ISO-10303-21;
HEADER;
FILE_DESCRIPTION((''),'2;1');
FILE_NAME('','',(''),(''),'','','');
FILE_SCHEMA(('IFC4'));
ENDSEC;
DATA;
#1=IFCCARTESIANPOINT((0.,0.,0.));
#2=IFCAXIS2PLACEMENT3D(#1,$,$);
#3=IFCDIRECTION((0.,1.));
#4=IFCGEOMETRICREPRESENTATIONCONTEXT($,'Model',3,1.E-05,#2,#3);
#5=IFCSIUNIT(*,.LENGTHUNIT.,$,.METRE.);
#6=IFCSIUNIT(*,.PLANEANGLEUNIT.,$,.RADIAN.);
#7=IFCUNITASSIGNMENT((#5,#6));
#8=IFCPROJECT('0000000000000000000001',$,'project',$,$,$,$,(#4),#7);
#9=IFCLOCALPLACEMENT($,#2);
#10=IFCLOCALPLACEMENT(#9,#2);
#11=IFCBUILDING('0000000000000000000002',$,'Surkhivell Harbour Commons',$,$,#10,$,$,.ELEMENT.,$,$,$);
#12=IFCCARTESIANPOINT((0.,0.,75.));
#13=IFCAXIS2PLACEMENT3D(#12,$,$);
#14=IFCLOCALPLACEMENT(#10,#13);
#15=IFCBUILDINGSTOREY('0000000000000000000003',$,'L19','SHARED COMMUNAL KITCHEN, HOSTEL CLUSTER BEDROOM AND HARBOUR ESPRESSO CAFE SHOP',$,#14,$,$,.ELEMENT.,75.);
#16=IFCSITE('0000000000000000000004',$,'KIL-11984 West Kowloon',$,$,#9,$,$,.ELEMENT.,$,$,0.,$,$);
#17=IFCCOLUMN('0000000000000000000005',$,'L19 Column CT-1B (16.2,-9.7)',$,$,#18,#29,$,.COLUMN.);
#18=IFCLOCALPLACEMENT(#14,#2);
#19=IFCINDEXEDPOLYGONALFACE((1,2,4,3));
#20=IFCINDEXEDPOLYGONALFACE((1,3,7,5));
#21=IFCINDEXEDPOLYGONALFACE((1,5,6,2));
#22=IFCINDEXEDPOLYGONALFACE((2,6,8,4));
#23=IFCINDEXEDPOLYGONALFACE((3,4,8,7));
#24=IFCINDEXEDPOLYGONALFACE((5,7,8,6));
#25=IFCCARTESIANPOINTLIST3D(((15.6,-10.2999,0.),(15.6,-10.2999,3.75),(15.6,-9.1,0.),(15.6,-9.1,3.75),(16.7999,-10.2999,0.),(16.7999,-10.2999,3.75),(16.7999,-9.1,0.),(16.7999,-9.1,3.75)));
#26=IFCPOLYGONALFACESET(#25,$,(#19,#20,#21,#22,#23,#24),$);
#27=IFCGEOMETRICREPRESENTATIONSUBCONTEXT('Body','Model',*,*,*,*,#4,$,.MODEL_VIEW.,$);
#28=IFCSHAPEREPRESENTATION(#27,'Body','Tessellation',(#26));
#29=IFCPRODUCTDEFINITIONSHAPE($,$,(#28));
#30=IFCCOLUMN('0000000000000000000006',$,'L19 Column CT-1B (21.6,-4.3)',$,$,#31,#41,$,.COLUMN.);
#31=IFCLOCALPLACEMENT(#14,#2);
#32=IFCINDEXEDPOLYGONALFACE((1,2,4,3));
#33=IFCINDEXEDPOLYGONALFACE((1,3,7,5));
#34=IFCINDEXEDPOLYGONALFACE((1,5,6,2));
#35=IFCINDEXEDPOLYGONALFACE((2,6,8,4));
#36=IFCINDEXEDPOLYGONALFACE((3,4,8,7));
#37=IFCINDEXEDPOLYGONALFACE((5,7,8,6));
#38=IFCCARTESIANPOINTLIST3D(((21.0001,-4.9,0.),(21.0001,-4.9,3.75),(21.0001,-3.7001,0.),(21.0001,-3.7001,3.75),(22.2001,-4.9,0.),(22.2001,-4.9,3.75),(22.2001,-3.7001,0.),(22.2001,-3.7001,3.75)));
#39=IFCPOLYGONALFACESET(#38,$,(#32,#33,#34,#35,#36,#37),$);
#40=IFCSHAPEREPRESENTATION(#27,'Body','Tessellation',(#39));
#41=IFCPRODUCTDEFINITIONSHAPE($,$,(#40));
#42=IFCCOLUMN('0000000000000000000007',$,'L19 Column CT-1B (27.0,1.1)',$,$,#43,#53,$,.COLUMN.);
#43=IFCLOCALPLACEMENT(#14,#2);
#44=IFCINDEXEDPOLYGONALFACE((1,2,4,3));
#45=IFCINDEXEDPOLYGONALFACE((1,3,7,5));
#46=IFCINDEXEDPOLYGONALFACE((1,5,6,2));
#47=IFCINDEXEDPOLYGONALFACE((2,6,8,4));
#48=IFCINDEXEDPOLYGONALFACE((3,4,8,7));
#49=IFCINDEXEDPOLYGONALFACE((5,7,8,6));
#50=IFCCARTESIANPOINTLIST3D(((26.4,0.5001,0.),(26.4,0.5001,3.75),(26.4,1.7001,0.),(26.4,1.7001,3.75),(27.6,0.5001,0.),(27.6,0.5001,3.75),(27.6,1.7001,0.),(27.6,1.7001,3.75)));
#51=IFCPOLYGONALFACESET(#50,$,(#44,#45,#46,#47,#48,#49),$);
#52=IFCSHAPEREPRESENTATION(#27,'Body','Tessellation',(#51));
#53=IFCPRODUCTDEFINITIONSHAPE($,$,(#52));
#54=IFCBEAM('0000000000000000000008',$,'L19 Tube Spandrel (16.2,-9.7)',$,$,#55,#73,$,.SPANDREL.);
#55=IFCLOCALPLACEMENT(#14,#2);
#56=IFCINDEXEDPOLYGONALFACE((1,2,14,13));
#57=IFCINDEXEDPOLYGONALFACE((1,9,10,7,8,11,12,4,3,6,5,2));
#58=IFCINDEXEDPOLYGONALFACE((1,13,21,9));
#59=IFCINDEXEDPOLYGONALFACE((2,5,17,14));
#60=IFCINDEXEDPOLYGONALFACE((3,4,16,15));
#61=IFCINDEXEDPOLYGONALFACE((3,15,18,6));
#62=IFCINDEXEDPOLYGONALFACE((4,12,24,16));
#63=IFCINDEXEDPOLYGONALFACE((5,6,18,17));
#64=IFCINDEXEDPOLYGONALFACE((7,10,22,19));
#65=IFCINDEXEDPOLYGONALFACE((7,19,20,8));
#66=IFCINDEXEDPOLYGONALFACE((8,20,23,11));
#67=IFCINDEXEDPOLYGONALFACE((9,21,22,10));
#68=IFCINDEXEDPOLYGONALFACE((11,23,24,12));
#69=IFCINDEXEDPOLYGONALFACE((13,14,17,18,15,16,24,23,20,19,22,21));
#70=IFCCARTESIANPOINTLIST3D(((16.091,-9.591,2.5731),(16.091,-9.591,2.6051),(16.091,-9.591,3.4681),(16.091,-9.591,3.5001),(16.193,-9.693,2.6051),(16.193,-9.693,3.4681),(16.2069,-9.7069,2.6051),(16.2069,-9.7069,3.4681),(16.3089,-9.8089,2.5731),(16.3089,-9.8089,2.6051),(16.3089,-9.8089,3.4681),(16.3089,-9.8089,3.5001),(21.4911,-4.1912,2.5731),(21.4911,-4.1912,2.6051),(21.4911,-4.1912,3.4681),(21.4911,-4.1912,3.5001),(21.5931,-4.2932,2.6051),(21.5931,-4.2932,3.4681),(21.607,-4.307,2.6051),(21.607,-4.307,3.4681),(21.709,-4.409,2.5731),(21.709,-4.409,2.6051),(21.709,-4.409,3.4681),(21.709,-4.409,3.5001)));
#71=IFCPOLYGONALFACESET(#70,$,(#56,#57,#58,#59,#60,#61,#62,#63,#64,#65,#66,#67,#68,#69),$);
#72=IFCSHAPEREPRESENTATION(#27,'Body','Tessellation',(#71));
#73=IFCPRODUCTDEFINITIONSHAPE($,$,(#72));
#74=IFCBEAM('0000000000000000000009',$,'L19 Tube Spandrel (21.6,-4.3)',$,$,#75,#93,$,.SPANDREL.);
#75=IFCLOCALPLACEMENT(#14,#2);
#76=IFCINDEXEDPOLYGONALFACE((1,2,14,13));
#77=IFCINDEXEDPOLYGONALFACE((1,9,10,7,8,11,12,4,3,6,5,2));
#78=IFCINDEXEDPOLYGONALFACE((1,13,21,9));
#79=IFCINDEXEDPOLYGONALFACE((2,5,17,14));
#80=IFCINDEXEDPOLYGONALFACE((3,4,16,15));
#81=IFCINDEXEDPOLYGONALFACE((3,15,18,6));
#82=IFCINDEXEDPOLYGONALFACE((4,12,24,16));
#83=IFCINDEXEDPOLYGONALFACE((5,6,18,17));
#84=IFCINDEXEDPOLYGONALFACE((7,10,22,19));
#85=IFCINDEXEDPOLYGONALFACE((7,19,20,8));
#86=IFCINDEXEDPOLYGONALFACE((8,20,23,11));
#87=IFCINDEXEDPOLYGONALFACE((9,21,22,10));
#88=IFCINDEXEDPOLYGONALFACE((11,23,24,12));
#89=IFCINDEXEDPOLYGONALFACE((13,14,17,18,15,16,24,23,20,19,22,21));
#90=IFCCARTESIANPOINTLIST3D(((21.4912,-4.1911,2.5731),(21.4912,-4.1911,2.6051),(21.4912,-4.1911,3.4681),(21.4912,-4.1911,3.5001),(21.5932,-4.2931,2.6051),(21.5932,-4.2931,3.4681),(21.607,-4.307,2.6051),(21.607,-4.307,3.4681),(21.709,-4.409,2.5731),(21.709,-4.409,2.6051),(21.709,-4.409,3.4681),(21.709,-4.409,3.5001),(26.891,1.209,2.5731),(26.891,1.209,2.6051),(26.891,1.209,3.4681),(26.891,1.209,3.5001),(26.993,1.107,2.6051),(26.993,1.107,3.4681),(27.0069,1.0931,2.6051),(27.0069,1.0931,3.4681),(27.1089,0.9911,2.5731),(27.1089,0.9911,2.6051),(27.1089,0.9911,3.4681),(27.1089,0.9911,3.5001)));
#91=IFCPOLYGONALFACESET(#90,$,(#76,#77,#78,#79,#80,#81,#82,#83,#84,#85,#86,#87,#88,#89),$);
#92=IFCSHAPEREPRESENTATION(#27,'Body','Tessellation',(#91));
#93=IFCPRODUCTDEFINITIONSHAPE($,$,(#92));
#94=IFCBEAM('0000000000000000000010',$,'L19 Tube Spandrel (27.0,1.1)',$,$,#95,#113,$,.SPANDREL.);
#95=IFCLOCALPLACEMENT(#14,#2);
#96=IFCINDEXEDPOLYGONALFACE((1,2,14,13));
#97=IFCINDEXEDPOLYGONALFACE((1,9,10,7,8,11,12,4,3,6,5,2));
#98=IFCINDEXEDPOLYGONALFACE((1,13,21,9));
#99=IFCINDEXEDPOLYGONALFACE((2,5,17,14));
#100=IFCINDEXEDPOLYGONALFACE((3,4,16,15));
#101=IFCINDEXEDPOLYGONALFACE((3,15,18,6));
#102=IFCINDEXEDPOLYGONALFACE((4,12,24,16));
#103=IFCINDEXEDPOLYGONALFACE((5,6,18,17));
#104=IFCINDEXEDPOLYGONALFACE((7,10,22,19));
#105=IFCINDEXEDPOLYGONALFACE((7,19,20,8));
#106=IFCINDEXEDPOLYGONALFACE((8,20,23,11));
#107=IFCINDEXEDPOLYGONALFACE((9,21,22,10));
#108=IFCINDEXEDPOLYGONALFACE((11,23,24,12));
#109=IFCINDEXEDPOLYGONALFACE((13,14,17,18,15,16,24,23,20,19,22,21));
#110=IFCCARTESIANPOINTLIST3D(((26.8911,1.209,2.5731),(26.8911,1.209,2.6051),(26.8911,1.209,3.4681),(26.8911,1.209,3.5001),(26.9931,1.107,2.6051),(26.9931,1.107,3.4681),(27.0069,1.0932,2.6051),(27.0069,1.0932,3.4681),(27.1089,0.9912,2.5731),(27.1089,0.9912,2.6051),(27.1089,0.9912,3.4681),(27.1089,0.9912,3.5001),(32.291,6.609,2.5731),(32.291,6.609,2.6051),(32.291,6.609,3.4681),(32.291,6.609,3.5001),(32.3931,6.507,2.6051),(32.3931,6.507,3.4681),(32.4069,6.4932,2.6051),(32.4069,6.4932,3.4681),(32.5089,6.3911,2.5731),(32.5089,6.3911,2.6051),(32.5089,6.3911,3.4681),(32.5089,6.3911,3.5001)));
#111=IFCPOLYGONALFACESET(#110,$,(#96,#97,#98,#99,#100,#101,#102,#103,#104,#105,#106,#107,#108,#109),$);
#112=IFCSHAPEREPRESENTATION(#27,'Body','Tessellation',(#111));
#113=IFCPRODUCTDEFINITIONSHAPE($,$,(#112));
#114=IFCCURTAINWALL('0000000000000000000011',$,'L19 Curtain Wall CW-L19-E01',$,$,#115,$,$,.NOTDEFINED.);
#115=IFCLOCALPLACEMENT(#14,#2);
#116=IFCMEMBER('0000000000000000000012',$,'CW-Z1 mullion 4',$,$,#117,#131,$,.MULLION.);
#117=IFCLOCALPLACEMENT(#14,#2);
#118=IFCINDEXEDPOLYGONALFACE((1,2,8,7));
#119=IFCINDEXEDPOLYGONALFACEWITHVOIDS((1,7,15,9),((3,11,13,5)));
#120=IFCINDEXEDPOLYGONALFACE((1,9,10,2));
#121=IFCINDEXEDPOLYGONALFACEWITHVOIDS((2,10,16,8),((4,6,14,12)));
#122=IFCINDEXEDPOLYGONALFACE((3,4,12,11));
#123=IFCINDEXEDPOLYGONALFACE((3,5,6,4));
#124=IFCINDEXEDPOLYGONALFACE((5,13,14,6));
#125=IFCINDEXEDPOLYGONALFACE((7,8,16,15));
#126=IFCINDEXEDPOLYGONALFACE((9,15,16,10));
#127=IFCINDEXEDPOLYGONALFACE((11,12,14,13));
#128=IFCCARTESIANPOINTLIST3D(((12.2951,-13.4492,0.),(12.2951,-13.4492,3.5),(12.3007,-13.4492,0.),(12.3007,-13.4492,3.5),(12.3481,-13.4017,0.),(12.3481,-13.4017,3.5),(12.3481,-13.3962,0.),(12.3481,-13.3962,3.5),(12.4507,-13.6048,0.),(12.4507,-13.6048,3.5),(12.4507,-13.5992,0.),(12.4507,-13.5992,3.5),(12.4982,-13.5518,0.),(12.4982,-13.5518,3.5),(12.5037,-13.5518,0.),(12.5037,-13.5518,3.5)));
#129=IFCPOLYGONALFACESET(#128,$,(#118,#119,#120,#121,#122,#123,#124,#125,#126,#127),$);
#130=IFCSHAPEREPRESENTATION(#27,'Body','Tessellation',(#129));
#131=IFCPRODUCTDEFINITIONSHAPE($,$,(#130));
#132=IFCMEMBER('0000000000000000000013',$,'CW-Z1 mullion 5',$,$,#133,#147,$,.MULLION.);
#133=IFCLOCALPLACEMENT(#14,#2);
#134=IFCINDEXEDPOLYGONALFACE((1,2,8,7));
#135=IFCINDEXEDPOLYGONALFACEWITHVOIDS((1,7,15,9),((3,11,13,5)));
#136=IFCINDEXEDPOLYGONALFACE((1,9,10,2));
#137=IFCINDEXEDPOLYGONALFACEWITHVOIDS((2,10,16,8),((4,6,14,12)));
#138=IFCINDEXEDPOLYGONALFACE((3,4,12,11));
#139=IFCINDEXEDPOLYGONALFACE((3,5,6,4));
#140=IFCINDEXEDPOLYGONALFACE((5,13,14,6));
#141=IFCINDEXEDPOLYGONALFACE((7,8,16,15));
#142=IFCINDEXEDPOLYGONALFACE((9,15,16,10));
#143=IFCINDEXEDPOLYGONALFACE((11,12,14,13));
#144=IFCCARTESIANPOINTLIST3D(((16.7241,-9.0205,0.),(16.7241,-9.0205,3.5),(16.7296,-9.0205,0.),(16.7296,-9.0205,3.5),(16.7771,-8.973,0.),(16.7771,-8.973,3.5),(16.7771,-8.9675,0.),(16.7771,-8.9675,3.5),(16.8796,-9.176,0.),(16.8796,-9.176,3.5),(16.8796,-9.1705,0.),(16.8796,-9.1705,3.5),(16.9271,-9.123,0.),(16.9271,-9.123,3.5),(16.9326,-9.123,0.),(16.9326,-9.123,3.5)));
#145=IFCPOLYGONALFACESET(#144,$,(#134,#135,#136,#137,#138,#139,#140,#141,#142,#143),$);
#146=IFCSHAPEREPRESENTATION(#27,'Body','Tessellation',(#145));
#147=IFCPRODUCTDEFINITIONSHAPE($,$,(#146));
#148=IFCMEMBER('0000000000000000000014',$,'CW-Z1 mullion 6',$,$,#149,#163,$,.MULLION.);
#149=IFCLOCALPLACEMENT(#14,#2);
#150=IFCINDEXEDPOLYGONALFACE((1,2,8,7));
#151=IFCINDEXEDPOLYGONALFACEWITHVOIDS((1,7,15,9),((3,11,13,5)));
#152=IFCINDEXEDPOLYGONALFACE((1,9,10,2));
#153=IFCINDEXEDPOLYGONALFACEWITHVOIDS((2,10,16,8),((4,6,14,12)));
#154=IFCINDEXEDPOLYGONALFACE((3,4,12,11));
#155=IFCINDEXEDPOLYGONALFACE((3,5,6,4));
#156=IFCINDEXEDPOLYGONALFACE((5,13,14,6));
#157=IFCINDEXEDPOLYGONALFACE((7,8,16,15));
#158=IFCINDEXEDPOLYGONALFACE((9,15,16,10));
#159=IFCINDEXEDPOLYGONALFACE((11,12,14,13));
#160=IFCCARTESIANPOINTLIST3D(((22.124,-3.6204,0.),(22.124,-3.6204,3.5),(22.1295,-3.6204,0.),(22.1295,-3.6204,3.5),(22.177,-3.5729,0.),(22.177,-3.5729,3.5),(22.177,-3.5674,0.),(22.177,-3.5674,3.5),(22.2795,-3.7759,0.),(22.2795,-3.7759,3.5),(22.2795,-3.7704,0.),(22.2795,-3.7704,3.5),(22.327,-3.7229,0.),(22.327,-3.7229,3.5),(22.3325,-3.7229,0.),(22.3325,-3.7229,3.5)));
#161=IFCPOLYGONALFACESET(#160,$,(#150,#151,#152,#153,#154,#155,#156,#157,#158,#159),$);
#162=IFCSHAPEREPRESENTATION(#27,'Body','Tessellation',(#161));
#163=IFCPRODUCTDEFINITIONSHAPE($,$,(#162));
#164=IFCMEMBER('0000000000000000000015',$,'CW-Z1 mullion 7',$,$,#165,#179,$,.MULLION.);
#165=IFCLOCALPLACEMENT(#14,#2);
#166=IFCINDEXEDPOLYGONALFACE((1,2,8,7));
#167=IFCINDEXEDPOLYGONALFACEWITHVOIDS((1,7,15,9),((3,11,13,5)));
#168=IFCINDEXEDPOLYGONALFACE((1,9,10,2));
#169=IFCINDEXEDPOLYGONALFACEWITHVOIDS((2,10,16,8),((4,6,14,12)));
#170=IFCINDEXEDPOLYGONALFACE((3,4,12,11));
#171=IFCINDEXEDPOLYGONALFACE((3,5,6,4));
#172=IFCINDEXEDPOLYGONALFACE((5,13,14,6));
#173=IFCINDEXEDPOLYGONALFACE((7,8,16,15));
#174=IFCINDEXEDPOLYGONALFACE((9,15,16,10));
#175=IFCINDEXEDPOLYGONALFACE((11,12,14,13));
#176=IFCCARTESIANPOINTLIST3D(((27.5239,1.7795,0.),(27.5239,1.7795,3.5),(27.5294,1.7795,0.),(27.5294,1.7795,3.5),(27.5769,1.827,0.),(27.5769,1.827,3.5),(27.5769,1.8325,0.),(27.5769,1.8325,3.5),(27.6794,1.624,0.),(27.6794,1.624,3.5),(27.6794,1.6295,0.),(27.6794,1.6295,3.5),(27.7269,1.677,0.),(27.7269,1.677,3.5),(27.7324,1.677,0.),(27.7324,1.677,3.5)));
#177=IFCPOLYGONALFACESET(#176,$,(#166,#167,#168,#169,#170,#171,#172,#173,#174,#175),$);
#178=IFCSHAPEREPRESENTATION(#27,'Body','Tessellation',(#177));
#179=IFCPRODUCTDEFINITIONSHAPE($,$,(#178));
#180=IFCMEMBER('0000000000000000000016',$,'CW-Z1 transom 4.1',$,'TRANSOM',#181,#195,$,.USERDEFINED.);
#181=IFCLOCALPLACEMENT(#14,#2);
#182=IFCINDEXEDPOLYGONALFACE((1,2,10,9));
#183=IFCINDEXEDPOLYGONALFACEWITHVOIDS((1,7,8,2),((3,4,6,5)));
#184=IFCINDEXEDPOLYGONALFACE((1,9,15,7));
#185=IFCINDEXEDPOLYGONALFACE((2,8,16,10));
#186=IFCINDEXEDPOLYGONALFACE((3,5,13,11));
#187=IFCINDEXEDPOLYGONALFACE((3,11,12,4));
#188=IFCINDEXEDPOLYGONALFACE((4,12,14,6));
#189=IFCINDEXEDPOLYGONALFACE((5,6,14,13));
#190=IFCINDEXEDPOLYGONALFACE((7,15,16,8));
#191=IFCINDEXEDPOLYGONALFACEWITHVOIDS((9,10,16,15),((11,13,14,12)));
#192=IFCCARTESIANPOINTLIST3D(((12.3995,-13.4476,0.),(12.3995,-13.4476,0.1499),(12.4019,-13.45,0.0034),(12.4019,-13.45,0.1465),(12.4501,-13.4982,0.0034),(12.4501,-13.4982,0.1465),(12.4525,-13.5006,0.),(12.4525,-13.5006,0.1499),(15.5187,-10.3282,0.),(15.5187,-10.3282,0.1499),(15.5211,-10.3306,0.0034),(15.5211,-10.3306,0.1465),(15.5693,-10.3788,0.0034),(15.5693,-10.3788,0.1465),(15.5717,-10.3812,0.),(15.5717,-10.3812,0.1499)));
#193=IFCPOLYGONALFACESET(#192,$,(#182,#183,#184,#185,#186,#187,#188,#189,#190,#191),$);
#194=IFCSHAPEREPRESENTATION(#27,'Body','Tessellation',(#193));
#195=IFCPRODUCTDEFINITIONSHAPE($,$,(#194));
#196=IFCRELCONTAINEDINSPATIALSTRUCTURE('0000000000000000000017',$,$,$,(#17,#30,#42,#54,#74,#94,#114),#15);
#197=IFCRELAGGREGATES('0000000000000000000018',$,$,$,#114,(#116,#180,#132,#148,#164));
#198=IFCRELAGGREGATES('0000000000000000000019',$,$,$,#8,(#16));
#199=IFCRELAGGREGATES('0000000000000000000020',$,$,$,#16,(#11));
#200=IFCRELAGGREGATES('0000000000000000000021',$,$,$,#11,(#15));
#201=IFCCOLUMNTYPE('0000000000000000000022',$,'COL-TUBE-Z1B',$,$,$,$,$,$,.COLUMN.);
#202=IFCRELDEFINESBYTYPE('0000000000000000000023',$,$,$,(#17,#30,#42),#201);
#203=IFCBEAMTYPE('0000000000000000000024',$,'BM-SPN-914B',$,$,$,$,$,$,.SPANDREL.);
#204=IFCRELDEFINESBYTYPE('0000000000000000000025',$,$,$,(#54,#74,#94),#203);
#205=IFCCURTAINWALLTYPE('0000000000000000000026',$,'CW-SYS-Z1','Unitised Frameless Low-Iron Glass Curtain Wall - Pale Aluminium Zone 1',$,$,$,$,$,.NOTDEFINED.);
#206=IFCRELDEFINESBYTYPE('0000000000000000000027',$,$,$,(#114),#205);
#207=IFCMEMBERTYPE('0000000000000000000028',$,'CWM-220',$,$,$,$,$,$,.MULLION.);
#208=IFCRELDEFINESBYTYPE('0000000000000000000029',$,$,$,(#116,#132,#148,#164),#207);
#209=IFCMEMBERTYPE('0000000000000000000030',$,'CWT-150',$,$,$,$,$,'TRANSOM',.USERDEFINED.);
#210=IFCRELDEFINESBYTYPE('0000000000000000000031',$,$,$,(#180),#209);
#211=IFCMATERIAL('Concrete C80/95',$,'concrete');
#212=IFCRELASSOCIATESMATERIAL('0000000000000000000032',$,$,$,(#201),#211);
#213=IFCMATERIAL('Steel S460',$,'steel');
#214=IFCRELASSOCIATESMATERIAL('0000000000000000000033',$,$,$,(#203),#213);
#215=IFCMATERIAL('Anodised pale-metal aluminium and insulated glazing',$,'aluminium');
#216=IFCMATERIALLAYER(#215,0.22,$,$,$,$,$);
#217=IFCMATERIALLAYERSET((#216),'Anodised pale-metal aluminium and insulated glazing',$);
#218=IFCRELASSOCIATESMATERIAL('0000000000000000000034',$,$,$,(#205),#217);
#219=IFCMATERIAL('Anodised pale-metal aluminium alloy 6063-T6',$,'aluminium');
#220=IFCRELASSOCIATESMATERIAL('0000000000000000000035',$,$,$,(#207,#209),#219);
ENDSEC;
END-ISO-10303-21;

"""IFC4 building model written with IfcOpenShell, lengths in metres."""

from ifc_helpers import new_model, si_unit, direction, frame, origin, origin_2d, place, context, subcontext, project, spatial, rectangle, hollow_rectangle, i_section, extrude, material, layer, layer_set, material_profile, profile_set, type_object, element, aggregate, save


model = new_model("IFC4")

# Units and contexts
model_context = context("Model", 3, precision=1e-05, world=origin(), true_north=direction((0.0, 1.0)))
body_context = subcontext(model_context, "Body", "Model", "MODEL_VIEW")
ifc_project = project(units=[si_unit("LENGTHUNIT", "METRE"), si_unit("PLANEANGLEUNIT", "RADIAN")], contexts=[model_context])

# Site, building, storey
site_placement = place(None, origin())
site = spatial("IfcSite", under=ifc_project, at=site_placement, Name="KIL-11984 West Kowloon", CompositionType="ELEMENT", RefElevation=0.0)
building_placement = place(site_placement, origin())
building = spatial("IfcBuilding", under=site, at=building_placement, Name="Surkhivell Harbour Commons", CompositionType="ELEMENT")
storey_placement = place(building_placement, frame((0.0, 0.0, 75.0)))
storey = spatial("IfcBuildingStorey", under=building, at=storey_placement, Name="L19", Description="SHARED COMMUNAL KITCHEN, HOSTEL CLUSTER BEDROOM AND HARBOUR ESPRESSO CAFE SHOP", CompositionType="ELEMENT", Elevation=75.0)

# Columns
ifc_material_1 = material(Name="Concrete C80/95", Category="concrete")
ifc_material_profile_1 = material_profile(ifc_material_1, rectangle(XDim=1.2, YDim=1.2, at=origin_2d()), Name="RC-COL-1200x1200")
ifc_profile_set_1 = profile_set([ifc_material_profile_1], Name="Concrete C80/95")
column_type = type_object("IfcColumnType", Name="COL-TUBE-Z1B", PredefinedType="COLUMN", material=ifc_profile_set_1)
for number, where, z_axis, x_axis, name in (
    (1, (16.2, -9.7, 0.0), (0.0, 0.0, 1.0), (1.0, 0.0, 0.0), "L19 Column CT-1B (16.2,-9.7)"),
    (2, (21.6001, -4.3, 0.0), (0.0, 0.0, 1.0), (1.0, 0.0, 0.0), "L19 Column CT-1B (21.6,-4.3)"),
    (3, (27.0, 1.1001, 0.0), (0.0, 0.0, 1.0), (1.0, 0.0, 0.0), "L19 Column CT-1B (27.0,1.1)"),
):
    element("IfcColumn", number, at=place(storey_placement, frame(where, z_axis=z_axis, x_axis=x_axis)), inside=storey, type_object=column_type, Name=name, PredefinedType="COLUMN", context=body_context, shape_type="SweptSolid", body=[
        extrude(rectangle(XDim=1.2, YDim=1.2, at=origin_2d()), origin(), (0.0, 0.0, 1.0), 3.75),
    ])

# Beams
ifc_material_2 = material(Name="Steel S460", Category="steel")
ifc_material_profile_2 = material_profile(ifc_material_2, i_section(OverallWidth=0.3081, OverallDepth=0.927, WebThickness=0.0195, FlangeThickness=0.032, at=origin_2d()), Name="UB914x305x289")
ifc_profile_set_2 = profile_set([ifc_material_profile_2], Name="Steel S460")
beam_type = type_object("IfcBeamType", Name="BM-SPN-914B", PredefinedType="SPANDREL", material=ifc_profile_set_2)
for number, where, z_axis, x_axis, name in (
    (4, (16.2, -9.7, 3.0366), (0.707123, 0.707091, 0.0), (-0.707091, 0.707123, 0.0), "L19 Tube Spandrel (16.2,-9.7)"),
    (5, (21.6001, -4.3, 3.0366), (0.707091, 0.707123, 0.0), (-0.707123, 0.707091, 0.0), "L19 Tube Spandrel (21.6,-4.3)"),
    (6, (27.0, 1.1001, 3.0366), (0.707107, 0.707107, 0.0), (-0.707107, 0.707107, 0.0), "L19 Tube Spandrel (27.0,1.1)"),
):
    element("IfcBeam", number, at=place(storey_placement, frame(where, z_axis=z_axis, x_axis=x_axis)), inside=storey, type_object=beam_type, Name=name, PredefinedType="SPANDREL", context=body_context, shape_type="SweptSolid", body=[
        extrude(i_section(OverallWidth=0.3081, OverallDepth=0.927, WebThickness=0.0195, FlangeThickness=0.032, at=origin_2d()), origin(), (0.0, 0.0, 1.0), 7.6367),
    ])

# Curtain wall, members
ifc_material_3 = material(Name="Anodised pale-metal aluminium and insulated glazing", Category="aluminium")
ifc_layer_1 = layer(ifc_material_3, 0.22)
ifc_layer_set_1 = layer_set([ifc_layer_1], Name="Anodised pale-metal aluminium and insulated glazing")
curtain_wall_type = type_object("IfcCurtainWallType", Name="CW-SYS-Z1", Description="Unitised Frameless Low-Iron Glass Curtain Wall - Pale Aluminium Zone 1", PredefinedType="NOTDEFINED", material=ifc_layer_set_1)
curtain_wall_placement = place(storey_placement, origin())
curtain_wall = element("IfcCurtainWall", 7, at=curtain_wall_placement, inside=storey, type_object=curtain_wall_type, Name="L19 Curtain Wall CW-L19-E01", PredefinedType="NOTDEFINED")
ifc_material_4 = material(Name="Anodised pale-metal aluminium alloy 6063-T6", Category="aluminium")
ifc_material_profile_3 = material_profile(ifc_material_4, hollow_rectangle(XDim=0.075, YDim=0.22, WallThickness=0.0039, at=origin_2d()), Name="ALU-MULL-75x220")
ifc_profile_set_3 = profile_set([ifc_material_profile_3], Name="Anodised pale-metal aluminium alloy 6063-T6")
member_type_1 = type_object("IfcMemberType", Name="CWM-220", PredefinedType="MULLION", material=ifc_profile_set_3)
member_1_placement = place(storey_placement, frame((12.3994, -13.5005, 0.0), z_axis=(0.0, 0.0, 1.0), x_axis=(0.707107, 0.707107, 0.0)))
member_1 = element("IfcMember", 8, at=member_1_placement, type_object=member_type_1, Name="CW-Z1 mullion 4", PredefinedType="MULLION", context=body_context, shape_type="SweptSolid", body=[
    extrude(hollow_rectangle(XDim=0.075, YDim=0.22, WallThickness=0.0039, at=origin_2d()), origin(), (0.0, 0.0, 1.0), 3.5),
])
member_2_placement = place(storey_placement, frame((16.8284, -9.0718, 0.0), z_axis=(0.0, 0.0, 1.0), x_axis=(0.707107, 0.707107, 0.0)))
member_2 = element("IfcMember", 9, at=member_2_placement, type_object=member_type_1, Name="CW-Z1 mullion 5", PredefinedType="MULLION", context=body_context, shape_type="SweptSolid", body=[
    extrude(hollow_rectangle(XDim=0.075, YDim=0.22, WallThickness=0.0039, at=origin_2d()), origin(), (0.0, 0.0, 1.0), 3.5),
])
member_3_placement = place(storey_placement, frame((22.2283, -3.6716, 0.0), z_axis=(0.0, 0.0, 1.0), x_axis=(0.707107, 0.707107, 0.0)))
member_3 = element("IfcMember", 10, at=member_3_placement, type_object=member_type_1, Name="CW-Z1 mullion 6", PredefinedType="MULLION", context=body_context, shape_type="SweptSolid", body=[
    extrude(hollow_rectangle(XDim=0.075, YDim=0.22, WallThickness=0.0039, at=origin_2d()), origin(), (0.0, 0.0, 1.0), 3.5),
])
member_4_placement = place(storey_placement, frame((27.6282, 1.7283, 0.0), z_axis=(0.0, 0.0, 1.0), x_axis=(0.707107, 0.707107, 0.0)))
member_4 = element("IfcMember", 11, at=member_4_placement, type_object=member_type_1, Name="CW-Z1 mullion 7", PredefinedType="MULLION", context=body_context, shape_type="SweptSolid", body=[
    extrude(hollow_rectangle(XDim=0.075, YDim=0.22, WallThickness=0.0039, at=origin_2d()), origin(), (0.0, 0.0, 1.0), 3.5),
])
ifc_material_profile_4 = material_profile(ifc_material_4, hollow_rectangle(XDim=0.075, YDim=0.1499, WallThickness=0.0034, at=origin_2d()), Name="ALU-TRAN-75x150")
ifc_profile_set_4 = profile_set([ifc_material_profile_4], Name="Anodised pale-metal aluminium alloy 6063-T6")
member_type_2 = type_object("IfcMemberType", Name="CWT-150", ElementType="TRANSOM", PredefinedType="USERDEFINED", material=ifc_profile_set_4)
member_5_placement = place(storey_placement, frame((12.426, -13.4741, 0.075), z_axis=(0.707079, 0.707134, 0.0), x_axis=(-0.707134, 0.707079, 0.0)))
member_5 = element("IfcMember", 12, at=member_5_placement, type_object=member_type_2, Name="CW-Z1 transom 4.1", ObjectType="TRANSOM", PredefinedType="USERDEFINED", context=body_context, shape_type="SweptSolid", body=[
    extrude(hollow_rectangle(XDim=0.075, YDim=0.1499, WallThickness=0.0034, at=origin_2d()), origin(), (0.0, 0.0, 1.0), 4.4114),
])
aggregate(curtain_wall, [member_1, member_5, member_2, member_3, member_4])

save(model, "model.ifc")
